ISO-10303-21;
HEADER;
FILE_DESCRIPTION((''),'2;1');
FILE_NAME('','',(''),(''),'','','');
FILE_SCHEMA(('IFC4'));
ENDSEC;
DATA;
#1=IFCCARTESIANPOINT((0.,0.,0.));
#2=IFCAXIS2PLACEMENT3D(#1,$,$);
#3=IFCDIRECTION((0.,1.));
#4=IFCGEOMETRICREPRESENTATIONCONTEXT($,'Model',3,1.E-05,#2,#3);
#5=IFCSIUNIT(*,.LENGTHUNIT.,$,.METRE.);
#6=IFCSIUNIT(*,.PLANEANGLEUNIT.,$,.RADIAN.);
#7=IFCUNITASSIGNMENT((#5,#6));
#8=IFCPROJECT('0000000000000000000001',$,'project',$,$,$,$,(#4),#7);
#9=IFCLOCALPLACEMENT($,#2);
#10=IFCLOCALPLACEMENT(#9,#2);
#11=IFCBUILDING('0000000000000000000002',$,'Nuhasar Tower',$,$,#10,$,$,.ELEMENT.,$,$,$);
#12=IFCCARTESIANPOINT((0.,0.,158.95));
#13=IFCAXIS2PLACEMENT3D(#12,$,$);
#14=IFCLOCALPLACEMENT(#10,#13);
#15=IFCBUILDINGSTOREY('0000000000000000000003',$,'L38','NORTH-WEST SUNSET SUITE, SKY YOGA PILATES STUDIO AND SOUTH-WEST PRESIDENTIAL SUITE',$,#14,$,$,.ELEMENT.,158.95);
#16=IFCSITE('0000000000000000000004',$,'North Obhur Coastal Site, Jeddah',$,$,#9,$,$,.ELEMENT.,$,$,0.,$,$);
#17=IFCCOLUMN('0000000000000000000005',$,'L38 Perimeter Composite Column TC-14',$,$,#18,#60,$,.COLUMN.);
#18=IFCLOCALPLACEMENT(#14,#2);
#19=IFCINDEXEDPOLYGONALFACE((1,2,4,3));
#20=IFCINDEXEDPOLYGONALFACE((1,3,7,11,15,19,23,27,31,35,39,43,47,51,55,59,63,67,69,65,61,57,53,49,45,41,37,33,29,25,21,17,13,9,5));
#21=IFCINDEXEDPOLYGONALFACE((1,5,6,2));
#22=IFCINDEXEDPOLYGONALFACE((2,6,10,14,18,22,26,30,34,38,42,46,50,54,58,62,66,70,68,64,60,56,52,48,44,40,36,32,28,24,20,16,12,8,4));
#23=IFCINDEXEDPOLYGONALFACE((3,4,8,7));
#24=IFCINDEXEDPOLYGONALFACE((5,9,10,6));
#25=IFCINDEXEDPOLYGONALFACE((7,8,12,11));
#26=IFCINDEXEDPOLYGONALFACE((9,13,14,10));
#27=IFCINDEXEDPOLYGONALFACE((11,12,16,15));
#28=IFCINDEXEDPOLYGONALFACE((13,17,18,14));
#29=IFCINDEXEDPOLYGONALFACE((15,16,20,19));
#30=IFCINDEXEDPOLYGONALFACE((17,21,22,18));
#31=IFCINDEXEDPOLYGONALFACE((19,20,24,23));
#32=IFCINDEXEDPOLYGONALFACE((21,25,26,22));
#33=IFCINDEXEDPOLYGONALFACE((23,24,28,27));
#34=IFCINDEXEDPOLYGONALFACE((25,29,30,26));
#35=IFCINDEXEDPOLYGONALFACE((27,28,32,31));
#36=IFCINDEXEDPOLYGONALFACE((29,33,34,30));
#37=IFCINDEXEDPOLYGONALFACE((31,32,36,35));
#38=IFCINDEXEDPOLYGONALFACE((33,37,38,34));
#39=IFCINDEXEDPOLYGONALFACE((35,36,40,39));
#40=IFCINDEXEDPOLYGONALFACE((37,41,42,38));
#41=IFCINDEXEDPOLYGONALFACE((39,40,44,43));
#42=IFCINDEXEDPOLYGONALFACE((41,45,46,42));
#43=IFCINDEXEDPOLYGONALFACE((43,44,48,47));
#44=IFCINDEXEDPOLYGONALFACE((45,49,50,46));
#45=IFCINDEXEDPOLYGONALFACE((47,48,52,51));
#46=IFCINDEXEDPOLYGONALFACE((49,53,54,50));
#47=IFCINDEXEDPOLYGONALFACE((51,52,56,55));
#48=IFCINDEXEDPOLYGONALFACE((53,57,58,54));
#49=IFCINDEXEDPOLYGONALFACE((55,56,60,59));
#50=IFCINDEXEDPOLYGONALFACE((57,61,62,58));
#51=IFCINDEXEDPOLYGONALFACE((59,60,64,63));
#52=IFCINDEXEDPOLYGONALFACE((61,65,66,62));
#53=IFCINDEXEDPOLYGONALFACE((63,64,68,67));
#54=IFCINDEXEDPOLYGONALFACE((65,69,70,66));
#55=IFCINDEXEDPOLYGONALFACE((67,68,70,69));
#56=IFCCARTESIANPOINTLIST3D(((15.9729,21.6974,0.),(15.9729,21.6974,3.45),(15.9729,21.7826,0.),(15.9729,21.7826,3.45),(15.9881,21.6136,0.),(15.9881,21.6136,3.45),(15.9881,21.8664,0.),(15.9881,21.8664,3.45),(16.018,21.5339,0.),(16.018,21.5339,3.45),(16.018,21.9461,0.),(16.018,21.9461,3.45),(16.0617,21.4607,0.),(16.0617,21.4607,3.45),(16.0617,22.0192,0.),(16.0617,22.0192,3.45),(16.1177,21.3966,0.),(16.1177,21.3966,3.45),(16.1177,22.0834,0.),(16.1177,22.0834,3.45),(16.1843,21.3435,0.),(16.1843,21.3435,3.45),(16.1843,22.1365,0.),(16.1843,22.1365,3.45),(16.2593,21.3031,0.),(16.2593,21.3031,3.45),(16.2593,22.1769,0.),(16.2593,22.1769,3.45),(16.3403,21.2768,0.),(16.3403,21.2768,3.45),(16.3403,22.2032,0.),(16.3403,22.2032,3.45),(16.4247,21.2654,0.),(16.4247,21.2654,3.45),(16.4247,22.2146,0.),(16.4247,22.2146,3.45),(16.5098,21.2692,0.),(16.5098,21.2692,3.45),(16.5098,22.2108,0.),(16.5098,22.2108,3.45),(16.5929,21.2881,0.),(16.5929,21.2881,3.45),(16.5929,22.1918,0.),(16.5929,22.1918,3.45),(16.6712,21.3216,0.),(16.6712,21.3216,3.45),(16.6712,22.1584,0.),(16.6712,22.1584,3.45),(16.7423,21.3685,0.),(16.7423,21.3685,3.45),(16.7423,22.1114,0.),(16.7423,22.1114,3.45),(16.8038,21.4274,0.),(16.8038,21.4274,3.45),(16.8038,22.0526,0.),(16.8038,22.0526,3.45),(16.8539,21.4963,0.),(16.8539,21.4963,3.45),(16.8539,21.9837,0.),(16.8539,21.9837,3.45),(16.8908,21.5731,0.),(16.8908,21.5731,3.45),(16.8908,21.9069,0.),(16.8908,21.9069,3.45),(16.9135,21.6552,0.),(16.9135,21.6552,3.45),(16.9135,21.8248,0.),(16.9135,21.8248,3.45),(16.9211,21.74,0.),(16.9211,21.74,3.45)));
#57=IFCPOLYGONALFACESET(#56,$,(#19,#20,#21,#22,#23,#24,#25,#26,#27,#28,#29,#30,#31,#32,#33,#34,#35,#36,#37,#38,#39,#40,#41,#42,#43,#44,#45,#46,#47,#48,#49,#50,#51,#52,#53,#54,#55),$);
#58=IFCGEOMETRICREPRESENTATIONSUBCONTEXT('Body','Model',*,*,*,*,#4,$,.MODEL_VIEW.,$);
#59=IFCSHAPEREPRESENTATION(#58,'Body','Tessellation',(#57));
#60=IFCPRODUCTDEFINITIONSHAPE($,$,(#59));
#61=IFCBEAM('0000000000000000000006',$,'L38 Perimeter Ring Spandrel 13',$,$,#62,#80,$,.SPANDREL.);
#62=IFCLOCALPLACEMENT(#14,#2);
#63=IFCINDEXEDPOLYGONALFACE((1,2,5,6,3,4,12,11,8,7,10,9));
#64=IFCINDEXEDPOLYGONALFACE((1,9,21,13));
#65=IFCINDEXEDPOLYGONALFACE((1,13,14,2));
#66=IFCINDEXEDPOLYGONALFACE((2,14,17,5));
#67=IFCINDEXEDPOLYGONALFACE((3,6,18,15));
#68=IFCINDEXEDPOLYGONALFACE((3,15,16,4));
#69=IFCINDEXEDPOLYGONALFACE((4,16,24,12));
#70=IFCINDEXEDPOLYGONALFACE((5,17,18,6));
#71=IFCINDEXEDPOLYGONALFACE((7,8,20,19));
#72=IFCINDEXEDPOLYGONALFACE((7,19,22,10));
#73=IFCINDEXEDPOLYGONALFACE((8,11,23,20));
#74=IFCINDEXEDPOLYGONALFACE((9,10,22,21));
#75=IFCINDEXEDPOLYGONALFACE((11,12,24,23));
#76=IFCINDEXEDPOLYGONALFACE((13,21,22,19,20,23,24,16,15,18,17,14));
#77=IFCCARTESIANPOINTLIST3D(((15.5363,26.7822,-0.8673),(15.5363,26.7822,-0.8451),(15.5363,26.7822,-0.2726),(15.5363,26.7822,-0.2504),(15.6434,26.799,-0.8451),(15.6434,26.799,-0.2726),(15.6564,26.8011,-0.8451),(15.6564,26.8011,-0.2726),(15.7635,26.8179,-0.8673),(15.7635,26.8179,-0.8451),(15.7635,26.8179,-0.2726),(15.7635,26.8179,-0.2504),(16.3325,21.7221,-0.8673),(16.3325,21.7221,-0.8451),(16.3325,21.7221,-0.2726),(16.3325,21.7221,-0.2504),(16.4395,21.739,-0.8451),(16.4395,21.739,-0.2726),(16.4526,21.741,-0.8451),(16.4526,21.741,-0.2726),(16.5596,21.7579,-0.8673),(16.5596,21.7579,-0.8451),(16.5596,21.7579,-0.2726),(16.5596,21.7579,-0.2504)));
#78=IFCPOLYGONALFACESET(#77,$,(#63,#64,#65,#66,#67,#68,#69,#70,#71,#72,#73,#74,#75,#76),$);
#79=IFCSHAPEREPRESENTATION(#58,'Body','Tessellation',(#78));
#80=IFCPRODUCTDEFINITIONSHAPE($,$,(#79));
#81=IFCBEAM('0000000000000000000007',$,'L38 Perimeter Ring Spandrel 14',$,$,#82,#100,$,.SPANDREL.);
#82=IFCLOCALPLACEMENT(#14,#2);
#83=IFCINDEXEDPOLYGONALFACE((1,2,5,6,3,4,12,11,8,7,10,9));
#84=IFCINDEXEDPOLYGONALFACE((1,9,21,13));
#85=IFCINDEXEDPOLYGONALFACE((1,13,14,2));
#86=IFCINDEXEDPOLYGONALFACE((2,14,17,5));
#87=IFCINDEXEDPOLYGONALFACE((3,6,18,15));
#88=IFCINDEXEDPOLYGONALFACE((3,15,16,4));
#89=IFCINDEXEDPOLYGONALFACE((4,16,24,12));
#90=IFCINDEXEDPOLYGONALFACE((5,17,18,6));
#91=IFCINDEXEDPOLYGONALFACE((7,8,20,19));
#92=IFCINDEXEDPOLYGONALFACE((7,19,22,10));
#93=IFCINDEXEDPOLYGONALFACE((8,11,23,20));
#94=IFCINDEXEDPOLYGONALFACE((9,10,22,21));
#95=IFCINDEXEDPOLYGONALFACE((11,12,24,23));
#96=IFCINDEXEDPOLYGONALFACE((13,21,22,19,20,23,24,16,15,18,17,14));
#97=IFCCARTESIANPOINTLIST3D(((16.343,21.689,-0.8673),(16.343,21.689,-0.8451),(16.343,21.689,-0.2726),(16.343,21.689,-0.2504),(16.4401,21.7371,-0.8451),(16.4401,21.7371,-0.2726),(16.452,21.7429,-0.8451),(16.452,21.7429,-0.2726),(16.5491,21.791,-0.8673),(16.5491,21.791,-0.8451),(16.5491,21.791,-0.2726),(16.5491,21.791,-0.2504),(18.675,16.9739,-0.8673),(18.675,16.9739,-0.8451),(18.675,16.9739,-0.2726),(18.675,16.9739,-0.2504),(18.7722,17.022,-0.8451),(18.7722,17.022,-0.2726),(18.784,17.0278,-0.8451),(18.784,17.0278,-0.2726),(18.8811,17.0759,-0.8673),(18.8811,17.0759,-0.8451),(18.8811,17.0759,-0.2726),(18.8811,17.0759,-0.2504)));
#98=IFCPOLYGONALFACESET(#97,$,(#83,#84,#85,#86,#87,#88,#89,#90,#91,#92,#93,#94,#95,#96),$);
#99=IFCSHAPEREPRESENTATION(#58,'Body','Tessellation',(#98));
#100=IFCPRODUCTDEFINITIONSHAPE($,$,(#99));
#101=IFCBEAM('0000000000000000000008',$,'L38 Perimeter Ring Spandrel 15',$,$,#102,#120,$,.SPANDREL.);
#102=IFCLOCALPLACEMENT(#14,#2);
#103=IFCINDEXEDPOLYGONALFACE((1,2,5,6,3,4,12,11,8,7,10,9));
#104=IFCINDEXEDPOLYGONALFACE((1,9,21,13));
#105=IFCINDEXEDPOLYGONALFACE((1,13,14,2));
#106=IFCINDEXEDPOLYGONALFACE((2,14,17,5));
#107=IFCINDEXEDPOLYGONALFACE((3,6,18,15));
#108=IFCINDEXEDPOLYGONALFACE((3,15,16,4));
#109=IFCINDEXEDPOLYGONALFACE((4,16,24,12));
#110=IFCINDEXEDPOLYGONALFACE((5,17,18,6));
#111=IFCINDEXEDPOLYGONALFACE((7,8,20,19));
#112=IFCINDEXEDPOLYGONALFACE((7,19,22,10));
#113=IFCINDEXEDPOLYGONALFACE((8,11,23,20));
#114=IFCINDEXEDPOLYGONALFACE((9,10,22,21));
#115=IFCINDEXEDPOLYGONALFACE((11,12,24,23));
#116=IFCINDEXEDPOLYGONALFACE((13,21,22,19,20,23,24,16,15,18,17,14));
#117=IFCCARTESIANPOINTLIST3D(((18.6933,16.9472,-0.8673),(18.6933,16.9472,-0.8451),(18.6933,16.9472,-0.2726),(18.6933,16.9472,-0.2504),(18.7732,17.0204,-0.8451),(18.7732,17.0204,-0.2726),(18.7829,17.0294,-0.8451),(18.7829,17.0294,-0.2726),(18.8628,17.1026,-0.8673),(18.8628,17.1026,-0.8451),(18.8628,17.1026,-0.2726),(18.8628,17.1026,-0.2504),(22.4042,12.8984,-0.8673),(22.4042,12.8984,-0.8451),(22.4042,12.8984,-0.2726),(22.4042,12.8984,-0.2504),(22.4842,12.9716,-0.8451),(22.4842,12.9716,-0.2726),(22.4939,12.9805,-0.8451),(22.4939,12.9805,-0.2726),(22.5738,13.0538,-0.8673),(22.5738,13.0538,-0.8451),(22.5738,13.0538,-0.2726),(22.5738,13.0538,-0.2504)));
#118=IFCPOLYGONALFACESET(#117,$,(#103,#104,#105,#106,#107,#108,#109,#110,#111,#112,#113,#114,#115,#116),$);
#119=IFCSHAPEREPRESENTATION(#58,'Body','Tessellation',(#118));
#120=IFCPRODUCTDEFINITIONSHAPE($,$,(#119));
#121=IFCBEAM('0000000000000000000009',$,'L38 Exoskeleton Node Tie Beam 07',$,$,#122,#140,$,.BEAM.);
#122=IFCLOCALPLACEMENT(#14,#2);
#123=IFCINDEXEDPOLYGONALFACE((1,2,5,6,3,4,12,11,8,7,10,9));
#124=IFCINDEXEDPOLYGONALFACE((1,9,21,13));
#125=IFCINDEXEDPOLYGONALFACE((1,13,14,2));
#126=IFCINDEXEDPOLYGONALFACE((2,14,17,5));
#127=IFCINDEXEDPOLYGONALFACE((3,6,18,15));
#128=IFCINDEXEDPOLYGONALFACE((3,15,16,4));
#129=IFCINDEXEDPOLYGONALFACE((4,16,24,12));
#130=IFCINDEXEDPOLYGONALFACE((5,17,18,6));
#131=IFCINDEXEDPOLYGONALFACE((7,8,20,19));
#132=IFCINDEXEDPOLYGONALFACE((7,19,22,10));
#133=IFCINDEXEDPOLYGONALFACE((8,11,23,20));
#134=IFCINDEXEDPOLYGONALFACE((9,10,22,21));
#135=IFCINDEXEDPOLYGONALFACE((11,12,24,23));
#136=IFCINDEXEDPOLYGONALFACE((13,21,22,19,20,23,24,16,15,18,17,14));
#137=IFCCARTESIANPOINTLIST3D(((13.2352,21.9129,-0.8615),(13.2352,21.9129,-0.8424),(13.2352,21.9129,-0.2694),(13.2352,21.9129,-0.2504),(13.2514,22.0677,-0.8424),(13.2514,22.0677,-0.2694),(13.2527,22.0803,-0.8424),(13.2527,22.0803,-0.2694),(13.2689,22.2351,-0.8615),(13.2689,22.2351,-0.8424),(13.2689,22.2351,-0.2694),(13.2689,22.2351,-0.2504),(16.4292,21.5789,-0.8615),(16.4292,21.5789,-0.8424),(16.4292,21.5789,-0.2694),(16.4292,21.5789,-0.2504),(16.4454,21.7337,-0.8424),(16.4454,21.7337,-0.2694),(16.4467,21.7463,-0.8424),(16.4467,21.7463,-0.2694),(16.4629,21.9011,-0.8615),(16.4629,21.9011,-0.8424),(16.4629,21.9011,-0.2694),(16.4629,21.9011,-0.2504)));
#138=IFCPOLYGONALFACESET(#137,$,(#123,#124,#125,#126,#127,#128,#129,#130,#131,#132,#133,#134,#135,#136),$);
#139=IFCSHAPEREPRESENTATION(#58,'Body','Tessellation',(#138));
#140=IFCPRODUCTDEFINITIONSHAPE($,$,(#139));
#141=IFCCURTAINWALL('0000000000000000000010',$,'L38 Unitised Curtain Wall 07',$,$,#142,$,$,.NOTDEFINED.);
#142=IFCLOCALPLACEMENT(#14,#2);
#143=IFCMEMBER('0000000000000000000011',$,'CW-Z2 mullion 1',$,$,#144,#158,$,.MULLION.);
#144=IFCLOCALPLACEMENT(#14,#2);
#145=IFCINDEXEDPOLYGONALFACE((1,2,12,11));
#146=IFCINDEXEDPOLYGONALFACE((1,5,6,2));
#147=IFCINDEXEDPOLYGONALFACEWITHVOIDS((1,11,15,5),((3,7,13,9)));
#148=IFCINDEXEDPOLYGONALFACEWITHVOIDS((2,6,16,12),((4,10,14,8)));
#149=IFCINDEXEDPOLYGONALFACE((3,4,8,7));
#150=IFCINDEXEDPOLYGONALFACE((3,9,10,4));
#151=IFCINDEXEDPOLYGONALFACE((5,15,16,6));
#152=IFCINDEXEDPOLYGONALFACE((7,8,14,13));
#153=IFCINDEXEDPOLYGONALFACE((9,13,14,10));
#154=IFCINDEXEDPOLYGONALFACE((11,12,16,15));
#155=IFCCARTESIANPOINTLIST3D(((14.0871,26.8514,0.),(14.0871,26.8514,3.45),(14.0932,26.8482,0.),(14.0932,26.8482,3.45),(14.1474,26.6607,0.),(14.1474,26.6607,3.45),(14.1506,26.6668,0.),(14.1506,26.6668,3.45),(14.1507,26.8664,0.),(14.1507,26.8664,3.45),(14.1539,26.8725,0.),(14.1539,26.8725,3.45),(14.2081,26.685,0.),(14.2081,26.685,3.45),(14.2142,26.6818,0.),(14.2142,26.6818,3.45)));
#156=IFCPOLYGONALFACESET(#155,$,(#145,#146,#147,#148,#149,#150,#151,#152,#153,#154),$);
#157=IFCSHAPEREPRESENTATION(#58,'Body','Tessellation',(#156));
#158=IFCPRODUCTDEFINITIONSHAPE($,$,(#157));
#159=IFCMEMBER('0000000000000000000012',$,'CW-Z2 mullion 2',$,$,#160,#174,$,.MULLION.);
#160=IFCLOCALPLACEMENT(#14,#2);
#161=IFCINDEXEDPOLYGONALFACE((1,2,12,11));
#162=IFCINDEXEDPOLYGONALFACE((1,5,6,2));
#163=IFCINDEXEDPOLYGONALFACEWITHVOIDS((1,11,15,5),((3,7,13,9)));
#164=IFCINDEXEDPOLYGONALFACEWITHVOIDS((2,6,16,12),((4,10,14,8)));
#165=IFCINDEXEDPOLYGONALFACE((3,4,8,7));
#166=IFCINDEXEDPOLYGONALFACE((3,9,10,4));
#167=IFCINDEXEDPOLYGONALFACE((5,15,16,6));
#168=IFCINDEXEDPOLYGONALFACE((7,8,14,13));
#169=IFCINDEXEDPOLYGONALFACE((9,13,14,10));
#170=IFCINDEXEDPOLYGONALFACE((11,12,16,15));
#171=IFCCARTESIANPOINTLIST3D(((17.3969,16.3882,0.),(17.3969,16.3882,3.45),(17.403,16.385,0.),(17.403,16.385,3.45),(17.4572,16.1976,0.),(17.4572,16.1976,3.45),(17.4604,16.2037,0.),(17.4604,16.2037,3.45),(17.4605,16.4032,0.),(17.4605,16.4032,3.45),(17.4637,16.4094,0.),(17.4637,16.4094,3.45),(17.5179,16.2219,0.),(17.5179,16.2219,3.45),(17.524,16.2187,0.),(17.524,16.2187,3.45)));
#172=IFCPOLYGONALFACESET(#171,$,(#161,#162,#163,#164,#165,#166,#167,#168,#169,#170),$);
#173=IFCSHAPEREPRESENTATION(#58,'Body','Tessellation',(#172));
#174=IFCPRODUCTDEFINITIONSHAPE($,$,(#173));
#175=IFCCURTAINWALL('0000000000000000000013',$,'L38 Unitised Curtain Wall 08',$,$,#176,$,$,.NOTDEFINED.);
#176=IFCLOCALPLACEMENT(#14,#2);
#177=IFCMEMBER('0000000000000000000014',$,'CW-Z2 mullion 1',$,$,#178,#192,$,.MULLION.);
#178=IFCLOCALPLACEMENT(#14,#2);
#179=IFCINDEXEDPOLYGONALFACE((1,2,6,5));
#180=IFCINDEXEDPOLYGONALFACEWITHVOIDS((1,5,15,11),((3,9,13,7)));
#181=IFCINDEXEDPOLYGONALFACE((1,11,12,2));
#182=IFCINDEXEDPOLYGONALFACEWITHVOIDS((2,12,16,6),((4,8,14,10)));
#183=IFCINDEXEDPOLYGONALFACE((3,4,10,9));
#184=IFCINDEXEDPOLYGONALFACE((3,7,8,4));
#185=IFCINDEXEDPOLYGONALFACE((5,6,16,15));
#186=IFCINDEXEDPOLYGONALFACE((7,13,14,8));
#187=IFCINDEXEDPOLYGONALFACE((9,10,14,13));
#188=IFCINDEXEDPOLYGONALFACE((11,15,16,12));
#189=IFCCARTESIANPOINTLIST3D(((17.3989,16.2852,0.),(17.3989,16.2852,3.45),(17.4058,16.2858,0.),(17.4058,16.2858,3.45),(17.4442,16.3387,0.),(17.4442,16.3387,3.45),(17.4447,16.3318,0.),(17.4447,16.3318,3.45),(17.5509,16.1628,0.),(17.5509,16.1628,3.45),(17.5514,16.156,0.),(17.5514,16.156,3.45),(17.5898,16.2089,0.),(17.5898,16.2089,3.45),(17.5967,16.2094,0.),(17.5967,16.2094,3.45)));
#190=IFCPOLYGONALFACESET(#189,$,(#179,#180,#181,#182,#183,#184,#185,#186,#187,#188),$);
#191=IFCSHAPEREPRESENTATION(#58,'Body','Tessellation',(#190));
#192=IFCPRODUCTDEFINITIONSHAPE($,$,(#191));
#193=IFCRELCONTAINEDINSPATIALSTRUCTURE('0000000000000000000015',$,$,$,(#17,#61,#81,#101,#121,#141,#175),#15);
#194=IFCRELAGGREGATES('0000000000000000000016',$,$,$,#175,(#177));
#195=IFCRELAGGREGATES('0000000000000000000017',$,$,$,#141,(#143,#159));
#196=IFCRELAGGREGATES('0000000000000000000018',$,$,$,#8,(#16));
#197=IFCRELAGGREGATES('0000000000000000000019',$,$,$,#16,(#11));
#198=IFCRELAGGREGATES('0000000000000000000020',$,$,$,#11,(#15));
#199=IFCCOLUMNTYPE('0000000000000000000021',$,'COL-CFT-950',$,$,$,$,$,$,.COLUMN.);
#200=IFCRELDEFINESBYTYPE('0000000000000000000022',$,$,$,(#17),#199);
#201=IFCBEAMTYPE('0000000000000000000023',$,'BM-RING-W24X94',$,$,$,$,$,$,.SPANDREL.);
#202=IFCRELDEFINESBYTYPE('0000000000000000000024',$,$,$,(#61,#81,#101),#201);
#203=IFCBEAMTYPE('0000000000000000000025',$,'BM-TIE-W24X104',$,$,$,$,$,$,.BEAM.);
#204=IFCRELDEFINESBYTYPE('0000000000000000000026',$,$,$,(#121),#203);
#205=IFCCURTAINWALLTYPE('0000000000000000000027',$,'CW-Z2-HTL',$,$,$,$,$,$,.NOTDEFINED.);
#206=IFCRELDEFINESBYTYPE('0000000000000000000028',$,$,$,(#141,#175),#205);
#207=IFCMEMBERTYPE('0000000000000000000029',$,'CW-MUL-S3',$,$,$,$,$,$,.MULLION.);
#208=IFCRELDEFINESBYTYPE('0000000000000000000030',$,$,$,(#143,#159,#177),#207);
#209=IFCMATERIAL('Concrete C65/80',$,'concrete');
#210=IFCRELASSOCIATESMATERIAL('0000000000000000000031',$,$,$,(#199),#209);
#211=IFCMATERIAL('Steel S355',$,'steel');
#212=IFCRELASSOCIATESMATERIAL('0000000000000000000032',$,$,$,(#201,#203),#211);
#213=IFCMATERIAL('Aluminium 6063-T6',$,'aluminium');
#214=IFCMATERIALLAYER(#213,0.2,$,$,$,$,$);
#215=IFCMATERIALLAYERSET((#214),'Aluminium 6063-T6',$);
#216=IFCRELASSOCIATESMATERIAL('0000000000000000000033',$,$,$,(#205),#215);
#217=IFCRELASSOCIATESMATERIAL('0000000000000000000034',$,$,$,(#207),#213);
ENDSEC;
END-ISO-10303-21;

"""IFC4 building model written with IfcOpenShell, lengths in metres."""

from ifc_helpers import new_model, si_unit, direction, frame, origin, origin_2d, place, context, subcontext, project, spatial, hollow_rectangle, circle, i_section, extrude, material, layer, layer_set, material_profile, profile_set, type_object, element, aggregate, save


model = new_model("IFC4")

# Units and contexts
model_context = context("Model", 3, precision=1e-05, world=origin(), true_north=direction((0.0, 1.0)))
body_context = subcontext(model_context, "Body", "Model", "MODEL_VIEW")
ifc_project = project(units=[si_unit("LENGTHUNIT", "METRE"), si_unit("PLANEANGLEUNIT", "RADIAN")], contexts=[model_context])

# Site, building, storey
site_placement = place(None, origin())
site = spatial("IfcSite", under=ifc_project, at=site_placement, Name="North Obhur Coastal Site, Jeddah", CompositionType="ELEMENT", RefElevation=0.0)
building_placement = place(site_placement, origin())
building = spatial("IfcBuilding", under=site, at=building_placement, Name="Nuhasar Tower", CompositionType="ELEMENT")
storey_placement = place(building_placement, frame((0.0, 0.0, 158.95)))
storey = spatial("IfcBuildingStorey", under=building, at=storey_placement, Name="L38", Description="NORTH-WEST SUNSET SUITE, SKY YOGA PILATES STUDIO AND SOUTH-WEST PRESIDENTIAL SUITE", CompositionType="ELEMENT", Elevation=158.95)

# Column
ifc_material_1 = material(Name="Concrete C65/80", Category="concrete")
ifc_material_profile_1 = material_profile(ifc_material_1, circle(Radius=0.4751, at=origin_2d()), Name="CFT950")
ifc_profile_set_1 = profile_set([ifc_material_profile_1], Name="Concrete C65/80")
column_type = type_object("IfcColumnType", Name="COL-CFT-950", PredefinedType="COLUMN", material=ifc_profile_set_1)
column_placement = place(storey_placement, frame((16.446, 21.74, 0.0), z_axis=(0.0, 0.0, 1.0), x_axis=(1.0, 0.0, 0.0)))
element("IfcColumn", 1, at=column_placement, inside=storey, type_object=column_type, Name="L38 Perimeter Composite Column TC-14", PredefinedType="COLUMN", context=body_context, shape_type="SweptSolid", body=[
    extrude(circle(Radius=0.4751, at=origin_2d()), origin(), (0.0, 0.0, 1.0), 3.45),
])

# Beams
ifc_material_2 = material(Name="Steel S355", Category="steel")
ifc_material_profile_2 = material_profile(ifc_material_2, i_section(OverallWidth=0.23, OverallDepth=0.6169, WebThickness=0.0132, FlangeThickness=0.0222, at=origin_2d()), Name="W24X94")
ifc_profile_set_2 = profile_set([ifc_material_profile_2], Name="Steel S355")
beam_type_1 = type_object("IfcBeamType", Name="BM-RING-W24X94", PredefinedType="SPANDREL", material=ifc_profile_set_2)
beam_1_placement = place(storey_placement, frame((15.6499, 26.8, -0.5588), z_axis=(0.155427, -0.987847, 0.0), x_axis=(0.987847, 0.155427, 0.0)))
element("IfcBeam", 2, at=beam_1_placement, inside=storey, type_object=beam_type_1, Name="L38 Perimeter Ring Spandrel 13", PredefinedType="SPANDREL", context=body_context, shape_type="SweptSolid", body=[
    extrude(i_section(OverallWidth=0.23, OverallDepth=0.6169, WebThickness=0.0132, FlangeThickness=0.0222, at=origin_2d()), origin(), (0.0, 0.0, 1.0), 5.1223),
])
beam_2_placement = place(storey_placement, frame((16.446, 21.74, -0.5588), z_axis=(0.443329, -0.896359, 0.0), x_axis=(0.896359, 0.443329, 0.0)))
element("IfcBeam", 3, at=beam_2_placement, inside=storey, type_object=beam_type_1, Name="L38 Perimeter Ring Spandrel 14", PredefinedType="SPANDREL", context=body_context, shape_type="SweptSolid", body=[
    extrude(i_section(OverallWidth=0.23, OverallDepth=0.6169, WebThickness=0.0132, FlangeThickness=0.0222, at=origin_2d()), origin(), (0.0, 0.0, 1.0), 5.2603),
])
beam_3_placement = place(storey_placement, frame((18.7781, 17.0249, -0.5588), z_axis=(0.675676, -0.737198, 0.0), x_axis=(0.737198, 0.675676, 0.0)))
element("IfcBeam", 4, at=beam_3_placement, inside=storey, type_object=beam_type_1, Name="L38 Perimeter Ring Spandrel 15", PredefinedType="SPANDREL", context=body_context, shape_type="SweptSolid", body=[
    extrude(i_section(OverallWidth=0.23, OverallDepth=0.6169, WebThickness=0.0132, FlangeThickness=0.0222, at=origin_2d()), origin(), (0.0, 0.0, 1.0), 5.4922),
])
ifc_material_profile_3 = material_profile(ifc_material_2, i_section(OverallWidth=0.324, OverallDepth=0.6111, WebThickness=0.0127, FlangeThickness=0.019, at=origin_2d()), Name="W24X104")
ifc_profile_set_3 = profile_set([ifc_material_profile_3], Name="Steel S355")
beam_type_2 = type_object("IfcBeamType", Name="BM-TIE-W24X104", PredefinedType="BEAM", material=ifc_profile_set_3)
beam_4_placement = place(storey_placement, frame((16.446, 21.74, -0.5559), z_axis=(-0.994578, 0.103996, 0.0), x_axis=(-0.103996, -0.994578, 0.0)))
element("IfcBeam", 5, at=beam_4_placement, inside=storey, type_object=beam_type_2, Name="L38 Exoskeleton Node Tie Beam 07", PredefinedType="BEAM", context=body_context, shape_type="SweptSolid", body=[
    extrude(i_section(OverallWidth=0.324, OverallDepth=0.6111, WebThickness=0.0127, FlangeThickness=0.019, at=origin_2d()), origin(), (0.0, 0.0, 1.0), 3.2114),
])

# Curtain wall, members
ifc_material_3 = material(Name="Aluminium 6063-T6", Category="aluminium")
ifc_layer_1 = layer(ifc_material_3, 0.2)
ifc_layer_set_1 = layer_set([ifc_layer_1], Name="Aluminium 6063-T6")
curtain_wall_type = type_object("IfcCurtainWallType", Name="CW-Z2-HTL", PredefinedType="NOTDEFINED", material=ifc_layer_set_1)
curtain_wall_1_placement = place(storey_placement, origin())
curtain_wall_1 = element("IfcCurtainWall", 6, at=curtain_wall_1_placement, inside=storey, type_object=curtain_wall_type, Name="L38 Unitised Curtain Wall 07", PredefinedType="NOTDEFINED")
ifc_material_profile_4 = material_profile(ifc_material_3, hollow_rectangle(XDim=0.0701, YDim=0.2, WallThickness=0.0049, at=origin_2d()), Name="CWM-3")
ifc_profile_set_4 = profile_set([ifc_material_profile_4], Name="Aluminium 6063-T6")
member_type_1 = type_object("IfcMemberType", Name="CW-MUL-S3", PredefinedType="MULLION", material=ifc_profile_set_4)
member_1_placement = place(storey_placement, frame((14.1506, 26.7666, 0.0), z_axis=(0.0, 0.0, 1.0), x_axis=(0.953433, 0.301604, 0.0)))
member_1 = element("IfcMember", 7, at=member_1_placement, type_object=member_type_1, Name="CW-Z2 mullion 1", PredefinedType="MULLION", context=body_context, shape_type="SweptSolid", body=[
    extrude(hollow_rectangle(XDim=0.0701, YDim=0.2, WallThickness=0.0049, at=origin_2d()), origin(), (0.0, 0.0, 1.0), 3.45),
])
member_2_placement = place(storey_placement, frame((17.4604, 16.3035, 0.0), z_axis=(0.0, 0.0, 1.0), x_axis=(0.953433, 0.301604, 0.0)))
member_2 = element("IfcMember", 8, at=member_2_placement, type_object=member_type_1, Name="CW-Z2 mullion 2", PredefinedType="MULLION", context=body_context, shape_type="SweptSolid", body=[
    extrude(hollow_rectangle(XDim=0.0701, YDim=0.2, WallThickness=0.0049, at=origin_2d()), origin(), (0.0, 0.0, 1.0), 3.45),
])

# Curtain wall, member
curtain_wall_2_placement = place(storey_placement, origin())
curtain_wall_2 = element("IfcCurtainWall", 9, at=curtain_wall_2_placement, inside=storey, type_object=curtain_wall_type, Name="L38 Unitised Curtain Wall 08", PredefinedType="NOTDEFINED")
member_3_placement = place(storey_placement, frame((17.4978, 16.2473, 0.0), z_axis=(0.0, 0.0, 1.0), x_axis=(0.646374, 0.76302, 0.0)))
member_3 = element("IfcMember", 10, at=member_3_placement, type_object=member_type_1, Name="CW-Z2 mullion 1", PredefinedType="MULLION", context=body_context, shape_type="SweptSolid", body=[
    extrude(hollow_rectangle(XDim=0.0701, YDim=0.2, WallThickness=0.0049, at=origin_2d()), origin(), (0.0, 0.0, 1.0), 3.45),
])

aggregate(curtain_wall_2, [member_3])

aggregate(curtain_wall_1, [member_1, member_2])

save(model, "model.ifc")
